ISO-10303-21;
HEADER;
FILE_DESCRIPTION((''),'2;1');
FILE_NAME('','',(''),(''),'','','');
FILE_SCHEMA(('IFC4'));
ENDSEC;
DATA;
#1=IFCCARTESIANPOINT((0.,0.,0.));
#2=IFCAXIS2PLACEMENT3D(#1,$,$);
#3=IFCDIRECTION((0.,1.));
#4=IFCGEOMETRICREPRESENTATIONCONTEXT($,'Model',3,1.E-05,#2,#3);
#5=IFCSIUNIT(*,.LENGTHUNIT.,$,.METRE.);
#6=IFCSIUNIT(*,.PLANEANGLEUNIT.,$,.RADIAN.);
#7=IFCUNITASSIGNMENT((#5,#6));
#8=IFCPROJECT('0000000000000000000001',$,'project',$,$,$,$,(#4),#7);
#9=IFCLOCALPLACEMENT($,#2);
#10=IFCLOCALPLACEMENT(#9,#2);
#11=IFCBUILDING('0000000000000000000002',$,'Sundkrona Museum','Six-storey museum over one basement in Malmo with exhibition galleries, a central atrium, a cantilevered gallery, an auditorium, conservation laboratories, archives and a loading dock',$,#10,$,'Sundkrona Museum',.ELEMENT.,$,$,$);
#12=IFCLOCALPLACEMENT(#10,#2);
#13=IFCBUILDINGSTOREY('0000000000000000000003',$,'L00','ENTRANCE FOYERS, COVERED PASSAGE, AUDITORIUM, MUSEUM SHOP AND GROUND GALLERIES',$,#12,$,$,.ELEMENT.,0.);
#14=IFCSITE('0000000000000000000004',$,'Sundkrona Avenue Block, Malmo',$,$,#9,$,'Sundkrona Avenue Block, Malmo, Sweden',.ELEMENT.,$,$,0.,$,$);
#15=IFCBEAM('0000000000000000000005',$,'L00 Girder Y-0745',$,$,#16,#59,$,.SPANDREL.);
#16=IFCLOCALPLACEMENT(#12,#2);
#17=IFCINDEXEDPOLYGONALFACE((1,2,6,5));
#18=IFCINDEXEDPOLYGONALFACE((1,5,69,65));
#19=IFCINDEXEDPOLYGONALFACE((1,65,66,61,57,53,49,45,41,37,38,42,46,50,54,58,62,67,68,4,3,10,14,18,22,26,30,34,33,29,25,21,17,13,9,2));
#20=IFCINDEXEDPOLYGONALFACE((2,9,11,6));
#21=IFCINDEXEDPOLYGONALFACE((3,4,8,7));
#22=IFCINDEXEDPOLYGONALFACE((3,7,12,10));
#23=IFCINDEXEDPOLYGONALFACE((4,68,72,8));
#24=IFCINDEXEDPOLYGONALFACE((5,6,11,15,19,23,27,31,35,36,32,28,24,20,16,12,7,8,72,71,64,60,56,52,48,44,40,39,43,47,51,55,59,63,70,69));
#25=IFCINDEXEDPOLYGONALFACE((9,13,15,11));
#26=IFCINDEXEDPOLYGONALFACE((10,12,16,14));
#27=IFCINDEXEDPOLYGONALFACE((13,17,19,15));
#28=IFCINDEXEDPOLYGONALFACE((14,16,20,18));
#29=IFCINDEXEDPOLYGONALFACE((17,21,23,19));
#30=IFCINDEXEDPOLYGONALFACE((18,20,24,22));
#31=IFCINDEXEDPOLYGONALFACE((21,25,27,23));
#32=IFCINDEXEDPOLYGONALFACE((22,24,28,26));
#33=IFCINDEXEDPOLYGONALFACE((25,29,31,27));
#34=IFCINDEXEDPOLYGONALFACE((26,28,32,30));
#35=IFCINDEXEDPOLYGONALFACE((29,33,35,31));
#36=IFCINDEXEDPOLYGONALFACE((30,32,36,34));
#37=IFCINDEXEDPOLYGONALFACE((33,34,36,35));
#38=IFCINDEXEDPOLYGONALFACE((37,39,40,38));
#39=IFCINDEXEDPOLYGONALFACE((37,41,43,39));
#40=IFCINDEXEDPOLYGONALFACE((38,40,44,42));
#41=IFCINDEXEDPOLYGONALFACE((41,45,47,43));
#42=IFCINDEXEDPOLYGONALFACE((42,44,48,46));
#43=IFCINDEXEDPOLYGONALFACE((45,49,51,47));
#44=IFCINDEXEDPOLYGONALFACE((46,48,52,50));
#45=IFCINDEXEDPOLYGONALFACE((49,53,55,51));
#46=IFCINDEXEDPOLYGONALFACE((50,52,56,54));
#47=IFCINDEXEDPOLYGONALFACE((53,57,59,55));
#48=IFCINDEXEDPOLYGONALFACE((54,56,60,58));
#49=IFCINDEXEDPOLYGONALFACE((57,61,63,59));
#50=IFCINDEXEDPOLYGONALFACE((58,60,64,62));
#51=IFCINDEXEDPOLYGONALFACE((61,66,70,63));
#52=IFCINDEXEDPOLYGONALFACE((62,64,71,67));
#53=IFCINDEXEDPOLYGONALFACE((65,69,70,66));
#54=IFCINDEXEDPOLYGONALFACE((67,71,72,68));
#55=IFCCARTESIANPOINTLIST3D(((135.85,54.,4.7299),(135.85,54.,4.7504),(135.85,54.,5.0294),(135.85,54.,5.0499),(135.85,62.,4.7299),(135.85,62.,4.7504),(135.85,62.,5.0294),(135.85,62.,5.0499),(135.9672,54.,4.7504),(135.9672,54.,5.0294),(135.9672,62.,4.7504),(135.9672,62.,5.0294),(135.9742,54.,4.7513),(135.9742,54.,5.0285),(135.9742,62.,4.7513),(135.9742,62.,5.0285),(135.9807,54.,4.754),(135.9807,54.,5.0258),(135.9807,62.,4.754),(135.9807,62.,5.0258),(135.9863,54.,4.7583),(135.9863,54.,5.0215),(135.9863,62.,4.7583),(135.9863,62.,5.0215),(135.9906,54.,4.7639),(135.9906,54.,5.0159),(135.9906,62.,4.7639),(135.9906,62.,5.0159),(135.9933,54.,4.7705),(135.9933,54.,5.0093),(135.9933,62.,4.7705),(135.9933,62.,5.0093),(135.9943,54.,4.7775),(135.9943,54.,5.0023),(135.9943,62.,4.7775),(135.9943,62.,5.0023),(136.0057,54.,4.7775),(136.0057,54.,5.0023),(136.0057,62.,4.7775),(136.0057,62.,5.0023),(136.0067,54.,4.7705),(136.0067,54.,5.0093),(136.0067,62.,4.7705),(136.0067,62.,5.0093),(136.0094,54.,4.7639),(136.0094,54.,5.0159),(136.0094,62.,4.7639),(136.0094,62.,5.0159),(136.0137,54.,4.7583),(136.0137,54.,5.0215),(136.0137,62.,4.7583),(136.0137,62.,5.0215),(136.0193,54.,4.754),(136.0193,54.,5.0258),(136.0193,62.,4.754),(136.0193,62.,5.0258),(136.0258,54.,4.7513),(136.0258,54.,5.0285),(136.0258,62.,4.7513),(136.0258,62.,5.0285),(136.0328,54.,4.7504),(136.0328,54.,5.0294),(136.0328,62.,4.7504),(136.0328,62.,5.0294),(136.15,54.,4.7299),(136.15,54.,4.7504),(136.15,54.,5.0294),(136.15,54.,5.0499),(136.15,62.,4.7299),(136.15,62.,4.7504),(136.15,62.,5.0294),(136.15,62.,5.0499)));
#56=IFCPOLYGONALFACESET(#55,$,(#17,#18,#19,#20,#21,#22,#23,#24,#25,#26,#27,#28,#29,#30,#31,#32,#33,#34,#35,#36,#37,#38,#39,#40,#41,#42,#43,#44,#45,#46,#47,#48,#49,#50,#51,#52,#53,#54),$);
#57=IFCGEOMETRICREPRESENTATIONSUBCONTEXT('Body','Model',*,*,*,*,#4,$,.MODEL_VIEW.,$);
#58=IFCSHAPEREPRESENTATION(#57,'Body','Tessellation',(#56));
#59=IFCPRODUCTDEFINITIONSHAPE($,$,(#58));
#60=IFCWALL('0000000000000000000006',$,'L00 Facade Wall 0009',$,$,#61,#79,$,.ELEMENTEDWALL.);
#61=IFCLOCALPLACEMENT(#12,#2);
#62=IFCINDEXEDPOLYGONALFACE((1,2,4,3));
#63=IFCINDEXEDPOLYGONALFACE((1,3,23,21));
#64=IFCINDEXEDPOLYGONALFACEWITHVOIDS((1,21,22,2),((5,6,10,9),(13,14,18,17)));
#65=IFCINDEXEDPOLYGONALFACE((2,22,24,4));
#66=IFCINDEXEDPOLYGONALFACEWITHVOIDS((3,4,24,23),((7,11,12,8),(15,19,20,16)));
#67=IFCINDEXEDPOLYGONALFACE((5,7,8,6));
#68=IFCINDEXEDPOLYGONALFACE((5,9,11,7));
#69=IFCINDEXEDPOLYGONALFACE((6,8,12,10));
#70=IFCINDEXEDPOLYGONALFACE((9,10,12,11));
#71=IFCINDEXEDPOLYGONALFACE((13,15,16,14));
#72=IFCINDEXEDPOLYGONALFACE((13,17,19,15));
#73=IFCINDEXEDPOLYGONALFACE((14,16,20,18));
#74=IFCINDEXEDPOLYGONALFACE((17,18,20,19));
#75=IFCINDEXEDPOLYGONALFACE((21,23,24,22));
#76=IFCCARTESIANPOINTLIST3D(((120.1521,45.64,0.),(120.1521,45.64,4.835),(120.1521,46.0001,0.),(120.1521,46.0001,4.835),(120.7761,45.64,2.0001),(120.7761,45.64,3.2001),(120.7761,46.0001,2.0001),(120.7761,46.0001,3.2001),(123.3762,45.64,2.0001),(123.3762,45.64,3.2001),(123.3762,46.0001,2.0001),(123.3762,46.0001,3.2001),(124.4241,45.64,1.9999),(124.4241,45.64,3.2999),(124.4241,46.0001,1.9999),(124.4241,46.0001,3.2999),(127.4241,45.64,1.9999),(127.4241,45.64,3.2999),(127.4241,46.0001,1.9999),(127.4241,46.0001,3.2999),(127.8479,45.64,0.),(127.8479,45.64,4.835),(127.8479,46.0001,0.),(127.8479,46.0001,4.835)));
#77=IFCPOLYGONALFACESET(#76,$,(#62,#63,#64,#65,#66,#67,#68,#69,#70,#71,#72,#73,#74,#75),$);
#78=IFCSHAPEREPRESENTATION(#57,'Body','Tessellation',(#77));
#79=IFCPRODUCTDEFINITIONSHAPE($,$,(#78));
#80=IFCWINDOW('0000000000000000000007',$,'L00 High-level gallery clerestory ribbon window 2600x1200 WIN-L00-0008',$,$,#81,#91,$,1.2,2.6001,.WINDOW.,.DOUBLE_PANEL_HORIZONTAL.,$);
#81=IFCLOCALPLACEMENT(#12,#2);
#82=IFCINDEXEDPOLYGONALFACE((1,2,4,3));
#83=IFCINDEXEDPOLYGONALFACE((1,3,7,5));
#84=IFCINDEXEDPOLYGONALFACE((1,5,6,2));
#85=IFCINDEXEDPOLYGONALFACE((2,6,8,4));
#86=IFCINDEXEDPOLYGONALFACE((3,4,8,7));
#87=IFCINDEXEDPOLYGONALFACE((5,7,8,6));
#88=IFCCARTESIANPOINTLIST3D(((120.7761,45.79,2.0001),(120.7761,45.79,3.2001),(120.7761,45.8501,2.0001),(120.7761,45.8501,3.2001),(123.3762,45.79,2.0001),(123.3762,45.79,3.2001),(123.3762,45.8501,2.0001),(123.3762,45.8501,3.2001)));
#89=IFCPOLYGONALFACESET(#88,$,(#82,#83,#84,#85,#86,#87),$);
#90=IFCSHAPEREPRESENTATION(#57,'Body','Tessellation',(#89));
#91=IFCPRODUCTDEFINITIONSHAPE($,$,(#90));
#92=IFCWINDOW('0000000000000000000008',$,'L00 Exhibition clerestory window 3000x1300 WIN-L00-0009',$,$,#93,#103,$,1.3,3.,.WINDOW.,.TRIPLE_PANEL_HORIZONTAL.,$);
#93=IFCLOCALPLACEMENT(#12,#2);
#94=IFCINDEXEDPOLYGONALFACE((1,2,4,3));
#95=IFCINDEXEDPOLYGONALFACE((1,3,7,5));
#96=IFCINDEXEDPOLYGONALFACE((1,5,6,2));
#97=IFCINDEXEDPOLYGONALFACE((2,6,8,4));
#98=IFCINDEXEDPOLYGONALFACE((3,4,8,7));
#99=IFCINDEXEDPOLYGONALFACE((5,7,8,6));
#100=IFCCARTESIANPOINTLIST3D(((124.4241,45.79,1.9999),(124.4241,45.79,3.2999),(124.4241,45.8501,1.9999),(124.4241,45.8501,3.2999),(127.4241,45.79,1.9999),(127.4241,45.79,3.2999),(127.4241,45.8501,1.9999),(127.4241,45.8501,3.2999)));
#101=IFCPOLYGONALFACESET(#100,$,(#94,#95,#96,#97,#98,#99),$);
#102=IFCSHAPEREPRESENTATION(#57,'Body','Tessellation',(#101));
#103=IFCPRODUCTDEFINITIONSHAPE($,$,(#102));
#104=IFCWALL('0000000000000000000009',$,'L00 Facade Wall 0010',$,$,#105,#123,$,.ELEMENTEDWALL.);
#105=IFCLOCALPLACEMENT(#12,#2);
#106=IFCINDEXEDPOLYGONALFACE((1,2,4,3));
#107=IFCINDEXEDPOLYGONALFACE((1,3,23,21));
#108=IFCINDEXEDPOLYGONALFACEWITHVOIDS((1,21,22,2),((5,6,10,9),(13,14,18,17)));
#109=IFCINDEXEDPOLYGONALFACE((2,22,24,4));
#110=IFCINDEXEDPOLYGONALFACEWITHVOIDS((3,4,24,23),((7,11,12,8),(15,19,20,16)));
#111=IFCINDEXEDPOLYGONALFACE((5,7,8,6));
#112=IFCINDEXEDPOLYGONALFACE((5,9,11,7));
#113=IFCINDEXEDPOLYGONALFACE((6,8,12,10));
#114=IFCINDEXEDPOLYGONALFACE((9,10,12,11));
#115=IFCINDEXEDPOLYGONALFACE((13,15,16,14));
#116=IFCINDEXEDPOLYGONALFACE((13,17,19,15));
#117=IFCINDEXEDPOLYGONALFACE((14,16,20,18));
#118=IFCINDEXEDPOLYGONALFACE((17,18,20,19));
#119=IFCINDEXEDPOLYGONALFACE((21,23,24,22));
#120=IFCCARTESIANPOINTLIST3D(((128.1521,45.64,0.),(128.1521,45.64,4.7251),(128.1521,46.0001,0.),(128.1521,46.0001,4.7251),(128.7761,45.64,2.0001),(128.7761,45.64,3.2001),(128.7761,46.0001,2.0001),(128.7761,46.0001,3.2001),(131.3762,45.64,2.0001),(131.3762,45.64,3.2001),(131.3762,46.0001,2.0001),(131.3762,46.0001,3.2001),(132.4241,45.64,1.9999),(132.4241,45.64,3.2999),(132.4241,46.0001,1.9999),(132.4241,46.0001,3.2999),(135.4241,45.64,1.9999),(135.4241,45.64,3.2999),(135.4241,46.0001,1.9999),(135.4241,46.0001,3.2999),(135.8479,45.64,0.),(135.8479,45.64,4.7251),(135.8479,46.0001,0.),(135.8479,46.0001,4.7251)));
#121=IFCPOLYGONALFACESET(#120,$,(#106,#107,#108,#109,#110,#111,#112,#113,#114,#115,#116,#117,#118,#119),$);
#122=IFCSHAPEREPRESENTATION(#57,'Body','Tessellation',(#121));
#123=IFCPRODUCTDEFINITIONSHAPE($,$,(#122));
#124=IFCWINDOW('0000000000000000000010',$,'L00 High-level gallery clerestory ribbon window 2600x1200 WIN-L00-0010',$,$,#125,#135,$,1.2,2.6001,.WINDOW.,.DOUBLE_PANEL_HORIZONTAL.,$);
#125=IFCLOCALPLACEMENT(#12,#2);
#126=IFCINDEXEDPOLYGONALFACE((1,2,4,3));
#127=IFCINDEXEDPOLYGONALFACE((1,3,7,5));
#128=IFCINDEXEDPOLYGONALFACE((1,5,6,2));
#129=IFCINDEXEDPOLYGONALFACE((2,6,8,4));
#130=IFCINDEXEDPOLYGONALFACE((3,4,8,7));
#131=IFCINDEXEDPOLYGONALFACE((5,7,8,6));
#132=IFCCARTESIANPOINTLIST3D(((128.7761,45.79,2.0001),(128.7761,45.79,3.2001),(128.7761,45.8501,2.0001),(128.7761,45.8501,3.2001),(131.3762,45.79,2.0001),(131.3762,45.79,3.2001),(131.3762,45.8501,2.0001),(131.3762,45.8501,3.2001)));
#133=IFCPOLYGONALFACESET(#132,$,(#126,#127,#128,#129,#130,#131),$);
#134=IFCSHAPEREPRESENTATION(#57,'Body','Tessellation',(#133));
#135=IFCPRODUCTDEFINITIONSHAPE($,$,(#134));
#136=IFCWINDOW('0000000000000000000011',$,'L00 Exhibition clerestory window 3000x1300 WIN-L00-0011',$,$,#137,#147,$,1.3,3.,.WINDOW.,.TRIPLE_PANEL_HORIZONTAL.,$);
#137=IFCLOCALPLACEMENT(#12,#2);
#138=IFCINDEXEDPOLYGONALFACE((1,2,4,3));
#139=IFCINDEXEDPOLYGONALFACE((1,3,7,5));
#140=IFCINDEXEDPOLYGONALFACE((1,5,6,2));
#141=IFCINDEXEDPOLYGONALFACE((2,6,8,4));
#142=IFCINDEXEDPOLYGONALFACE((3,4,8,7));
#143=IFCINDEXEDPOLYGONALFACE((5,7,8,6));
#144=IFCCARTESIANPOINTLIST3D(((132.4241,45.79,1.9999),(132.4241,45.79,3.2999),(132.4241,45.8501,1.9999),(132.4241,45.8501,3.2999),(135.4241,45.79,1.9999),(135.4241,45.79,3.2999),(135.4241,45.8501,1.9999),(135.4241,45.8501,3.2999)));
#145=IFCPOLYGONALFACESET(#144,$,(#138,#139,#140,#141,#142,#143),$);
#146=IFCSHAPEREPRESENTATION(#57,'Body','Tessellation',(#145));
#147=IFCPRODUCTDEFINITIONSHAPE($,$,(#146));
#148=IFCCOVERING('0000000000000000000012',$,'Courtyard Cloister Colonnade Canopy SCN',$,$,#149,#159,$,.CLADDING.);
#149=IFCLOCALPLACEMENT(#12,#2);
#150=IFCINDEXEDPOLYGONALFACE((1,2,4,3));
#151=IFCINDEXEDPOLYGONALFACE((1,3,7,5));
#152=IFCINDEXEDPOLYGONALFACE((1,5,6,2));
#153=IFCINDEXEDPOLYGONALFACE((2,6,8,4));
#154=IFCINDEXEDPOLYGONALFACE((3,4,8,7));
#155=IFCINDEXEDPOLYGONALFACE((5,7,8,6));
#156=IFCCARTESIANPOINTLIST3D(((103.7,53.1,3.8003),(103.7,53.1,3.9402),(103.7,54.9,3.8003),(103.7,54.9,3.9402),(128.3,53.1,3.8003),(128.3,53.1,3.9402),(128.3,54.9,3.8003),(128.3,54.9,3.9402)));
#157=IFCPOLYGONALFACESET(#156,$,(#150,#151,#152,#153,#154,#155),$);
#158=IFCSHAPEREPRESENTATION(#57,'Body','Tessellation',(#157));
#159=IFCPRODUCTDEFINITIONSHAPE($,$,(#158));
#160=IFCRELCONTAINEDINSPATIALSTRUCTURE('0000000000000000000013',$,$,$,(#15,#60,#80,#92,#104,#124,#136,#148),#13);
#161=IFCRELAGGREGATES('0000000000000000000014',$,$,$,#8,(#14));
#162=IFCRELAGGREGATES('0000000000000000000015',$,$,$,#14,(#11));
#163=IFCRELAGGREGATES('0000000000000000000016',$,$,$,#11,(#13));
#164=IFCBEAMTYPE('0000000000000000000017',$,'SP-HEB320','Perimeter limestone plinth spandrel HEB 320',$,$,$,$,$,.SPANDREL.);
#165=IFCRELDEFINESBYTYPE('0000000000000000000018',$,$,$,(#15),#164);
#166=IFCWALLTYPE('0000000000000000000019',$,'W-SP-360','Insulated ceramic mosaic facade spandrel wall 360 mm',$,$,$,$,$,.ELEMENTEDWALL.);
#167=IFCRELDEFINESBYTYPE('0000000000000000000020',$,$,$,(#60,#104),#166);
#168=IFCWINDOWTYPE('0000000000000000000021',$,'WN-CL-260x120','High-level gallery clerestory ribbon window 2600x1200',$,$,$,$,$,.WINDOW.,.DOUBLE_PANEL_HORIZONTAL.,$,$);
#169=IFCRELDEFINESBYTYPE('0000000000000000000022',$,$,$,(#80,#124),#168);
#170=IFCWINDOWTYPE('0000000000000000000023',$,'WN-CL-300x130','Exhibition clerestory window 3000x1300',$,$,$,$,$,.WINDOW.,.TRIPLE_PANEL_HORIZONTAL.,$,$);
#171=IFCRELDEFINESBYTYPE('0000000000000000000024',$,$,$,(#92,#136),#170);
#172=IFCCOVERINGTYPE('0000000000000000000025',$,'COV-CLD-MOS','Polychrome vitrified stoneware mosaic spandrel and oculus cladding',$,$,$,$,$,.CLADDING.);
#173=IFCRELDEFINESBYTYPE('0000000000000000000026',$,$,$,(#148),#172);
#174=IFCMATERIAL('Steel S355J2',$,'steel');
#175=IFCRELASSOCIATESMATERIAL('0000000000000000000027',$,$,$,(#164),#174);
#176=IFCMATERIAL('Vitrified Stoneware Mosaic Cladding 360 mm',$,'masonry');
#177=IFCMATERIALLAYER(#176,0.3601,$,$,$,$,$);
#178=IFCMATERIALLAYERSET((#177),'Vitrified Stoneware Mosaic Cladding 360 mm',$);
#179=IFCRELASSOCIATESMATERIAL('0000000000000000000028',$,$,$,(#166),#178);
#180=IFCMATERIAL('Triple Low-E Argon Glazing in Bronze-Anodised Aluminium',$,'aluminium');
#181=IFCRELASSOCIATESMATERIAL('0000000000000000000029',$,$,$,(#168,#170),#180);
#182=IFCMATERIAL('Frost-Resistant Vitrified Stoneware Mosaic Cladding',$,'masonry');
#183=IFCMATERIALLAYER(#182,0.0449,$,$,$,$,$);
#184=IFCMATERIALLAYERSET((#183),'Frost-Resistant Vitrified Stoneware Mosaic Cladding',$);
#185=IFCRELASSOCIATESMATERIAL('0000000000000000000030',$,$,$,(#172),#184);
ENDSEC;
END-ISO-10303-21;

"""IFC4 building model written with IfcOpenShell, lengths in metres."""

from ifc_helpers import new_model, si_unit, direction, frame, frame_2d, origin, origin_2d, place, context, subcontext, project, spatial, rectangle, i_section, extrude, material, layer, layer_set, material_profile, profile_set, type_object, element, fill, save


model = new_model("IFC4")

# Units and contexts
model_context = context("Model", 3, precision=1e-05, world=origin(), true_north=direction((0.0, 1.0)))
body_context = subcontext(model_context, "Body", "Model", "MODEL_VIEW")
ifc_project = project(units=[si_unit("LENGTHUNIT", "METRE"), si_unit("PLANEANGLEUNIT", "RADIAN")], contexts=[model_context])

# Site, building, storey
site_placement = place(None, origin())
site = spatial("IfcSite", under=ifc_project, at=site_placement, Name="Sundkrona Avenue Block, Malmo", LongName="Sundkrona Avenue Block, Malmo, Sweden", CompositionType="ELEMENT", RefElevation=0.0)
building_placement = place(site_placement, origin())
building = spatial("IfcBuilding", under=site, at=building_placement, Name="Sundkrona Museum", Description="Six-storey museum over one basement in Malmo with exhibition galleries, a central atrium, a cantilevered gallery, an auditorium, conservation laboratories, archives and a loading dock", LongName="Sundkrona Museum", CompositionType="ELEMENT")
storey_placement = place(building_placement, origin())
storey = spatial("IfcBuildingStorey", under=building, at=storey_placement, Name="L00", Description="ENTRANCE FOYERS, COVERED PASSAGE, AUDITORIUM, MUSEUM SHOP AND GROUND GALLERIES", CompositionType="ELEMENT", Elevation=0.0)

# Shared definitions
ifc_material_1 = material(Name="Steel S355J2", Category="steel")

# Beam
ifc_material_profile_1 = material_profile(ifc_material_1, i_section(OverallWidth=0.3, OverallDepth=0.3201, WebThickness=0.0115, FlangeThickness=0.0205, FilletRadius=0.0271, at=origin_2d()), Name="HEB 320")
ifc_profile_set_1 = profile_set([ifc_material_profile_1], Name="Steel S355J2")
beam_type_1 = type_object("IfcBeamType", Name="SP-HEB320", Description="Perimeter limestone plinth spandrel HEB 320", PredefinedType="SPANDREL", material=ifc_profile_set_1)
for number, where, z_axis, x_axis, name in (
    (1, (136.0, 54.0, 4.8899), (0.0, 1.0, 0.0), (-1.0, 0.0, 0.0), "L00 Girder Y-0745"),
):
    element("IfcBeam", number, at=place(storey_placement, frame(where, z_axis=z_axis, x_axis=x_axis)), inside=storey, type_object=beam_type_1, Name=name, PredefinedType="SPANDREL", context=body_context, shape_type="SweptSolid", body=[
        extrude(i_section(OverallWidth=0.3, OverallDepth=0.3201, WebThickness=0.0115, FlangeThickness=0.0205, FilletRadius=0.0271, at=origin_2d()), origin(), (0.0, 0.0, 1.0), 8.0),
    ])

# Walls, openings, windows
ifc_material_2 = material(Name="Vitrified Stoneware Mosaic Cladding 360 mm", Category="masonry")
ifc_layer_1 = layer(ifc_material_2, 0.3601)
ifc_layer_set_1 = layer_set([ifc_layer_1], Name="Vitrified Stoneware Mosaic Cladding 360 mm")
wall_type = type_object("IfcWallType", Name="W-SP-360", Description="Insulated ceramic mosaic facade spandrel wall 360 mm", PredefinedType="ELEMENTEDWALL", material=ifc_layer_set_1)
wall_1_placement = place(storey_placement, frame((120.1521, 45.8201, 0.0), z_axis=(0.0, 0.0, 1.0), x_axis=(1.0, 0.0, 0.0)))
wall_1 = element("IfcWall", 2, at=wall_1_placement, inside=storey, type_object=wall_type, Name="L00 Facade Wall 0009", PredefinedType="ELEMENTEDWALL", context=body_context, shape_type="SweptSolid", body=[
    extrude(rectangle(XDim=7.6958, YDim=0.3601, at=frame_2d((3.8479, 0.0))), origin(), (0.0, 0.0, 1.0), 4.835),
])
opening_1_placement = place(wall_1_placement, frame((0.624, 0.0, 2.0)))
opening_1 = element("IfcOpeningElement", 3, at=opening_1_placement, cuts=wall_1, PredefinedType="OPENING", context=body_context, shape_type="SweptSolid", body=[
    extrude(rectangle(XDim=2.6001, YDim=1.2, at=frame_2d((1.3, 0.6001))), frame((0.0, 0.1899, 0.0), z_axis=(0.0, -1.0, 0.0), x_axis=(1.0, 0.0, 0.0)), (0.0, 0.0, 1.0), 0.3801),
])
opening_2_placement = place(wall_1_placement, frame((4.272, 0.0, 2.0)))
opening_2 = element("IfcOpeningElement", 4, at=opening_2_placement, cuts=wall_1, PredefinedType="OPENING", context=body_context, shape_type="SweptSolid", body=[
    extrude(rectangle(XDim=3.0, YDim=1.3, at=frame_2d((1.5, 0.6499))), frame((0.0, 0.1899, 0.0), z_axis=(0.0, -1.0, 0.0), x_axis=(1.0, 0.0, 0.0)), (0.0, 0.0, 1.0), 0.3801),
])
ifc_material_3 = material(Name="Triple Low-E Argon Glazing in Bronze-Anodised Aluminium", Category="aluminium")
window_type_1 = type_object("IfcWindowType", Name="WN-CL-260x120", Description="High-level gallery clerestory ribbon window 2600x1200", PartitioningType="DOUBLE_PANEL_HORIZONTAL", PredefinedType="WINDOW", material=ifc_material_3)
window_1_placement = place(opening_1_placement, origin())
window_1 = element("IfcWindow", 5, at=window_1_placement, inside=storey, type_object=window_type_1, Name="L00 High-level gallery clerestory ribbon window 2600x1200 WIN-L00-0008", OverallHeight=1.2, OverallWidth=2.6001, PartitioningType="DOUBLE_PANEL_HORIZONTAL", PredefinedType="WINDOW", context=body_context, shape_type="SweptSolid", body=[
    extrude(rectangle(XDim=2.6001, YDim=1.2, at=frame_2d((1.3, 0.6001))), frame((0.0, 0.03, 0.0), z_axis=(0.0, -1.0, 0.0), x_axis=(1.0, 0.0, 0.0)), (0.0, 0.0, 1.0), 0.0601),
])
fill(opening_1, window_1)
window_type_2 = type_object("IfcWindowType", Name="WN-CL-300x130", Description="Exhibition clerestory window 3000x1300", PartitioningType="TRIPLE_PANEL_HORIZONTAL", PredefinedType="WINDOW", material=ifc_material_3)
window_2_placement = place(opening_2_placement, origin())
window_2 = element("IfcWindow", 6, at=window_2_placement, inside=storey, type_object=window_type_2, Name="L00 Exhibition clerestory window 3000x1300 WIN-L00-0009", OverallHeight=1.3, OverallWidth=3.0, PartitioningType="TRIPLE_PANEL_HORIZONTAL", PredefinedType="WINDOW", context=body_context, shape_type="SweptSolid", body=[
    extrude(rectangle(XDim=3.0, YDim=1.3, at=frame_2d((1.5, 0.6499))), frame((0.0, 0.03, 0.0), z_axis=(0.0, -1.0, 0.0), x_axis=(1.0, 0.0, 0.0)), (0.0, 0.0, 1.0), 0.0601),
])
fill(opening_2, window_2)
wall_2_placement = place(storey_placement, frame((128.1521, 45.8201, 0.0), z_axis=(0.0, 0.0, 1.0), x_axis=(1.0, 0.0, 0.0)))
wall_2 = element("IfcWall", 7, at=wall_2_placement, inside=storey, type_object=wall_type, Name="L00 Facade Wall 0010", PredefinedType="ELEMENTEDWALL", context=body_context, shape_type="SweptSolid", body=[
    extrude(rectangle(XDim=7.6958, YDim=0.3601, at=frame_2d((3.8479, 0.0))), origin(), (0.0, 0.0, 1.0), 4.7251),
])
opening_3_placement = place(wall_2_placement, frame((0.624, 0.0, 2.0)))
opening_3 = element("IfcOpeningElement", 8, at=opening_3_placement, cuts=wall_2, PredefinedType="OPENING", context=body_context, shape_type="SweptSolid", body=[
    extrude(rectangle(XDim=2.6001, YDim=1.2, at=frame_2d((1.3, 0.6001))), frame((0.0, 0.1899, 0.0), z_axis=(0.0, -1.0, 0.0), x_axis=(1.0, 0.0, 0.0)), (0.0, 0.0, 1.0), 0.3801),
])
opening_4_placement = place(wall_2_placement, frame((4.272, 0.0, 2.0)))
opening_4 = element("IfcOpeningElement", 9, at=opening_4_placement, cuts=wall_2, PredefinedType="OPENING", context=body_context, shape_type="SweptSolid", body=[
    extrude(rectangle(XDim=3.0, YDim=1.3, at=frame_2d((1.5, 0.6499))), frame((0.0, 0.1899, 0.0), z_axis=(0.0, -1.0, 0.0), x_axis=(1.0, 0.0, 0.0)), (0.0, 0.0, 1.0), 0.3801),
])
window_3_placement = place(opening_3_placement, origin())
window_3 = element("IfcWindow", 10, at=window_3_placement, inside=storey, type_object=window_type_1, Name="L00 High-level gallery clerestory ribbon window 2600x1200 WIN-L00-0010", OverallHeight=1.2, OverallWidth=2.6001, PartitioningType="DOUBLE_PANEL_HORIZONTAL", PredefinedType="WINDOW", context=body_context, shape_type="SweptSolid", body=[
    extrude(rectangle(XDim=2.6001, YDim=1.2, at=frame_2d((1.3, 0.6001))), frame((0.0, 0.03, 0.0), z_axis=(0.0, -1.0, 0.0), x_axis=(1.0, 0.0, 0.0)), (0.0, 0.0, 1.0), 0.0601),
])
fill(opening_3, window_3)
window_4_placement = place(opening_4_placement, origin())
window_4 = element("IfcWindow", 11, at=window_4_placement, inside=storey, type_object=window_type_2, Name="L00 Exhibition clerestory window 3000x1300 WIN-L00-0011", OverallHeight=1.3, OverallWidth=3.0, PartitioningType="TRIPLE_PANEL_HORIZONTAL", PredefinedType="WINDOW", context=body_context, shape_type="SweptSolid", body=[
    extrude(rectangle(XDim=3.0, YDim=1.3, at=frame_2d((1.5, 0.6499))), frame((0.0, 0.03, 0.0), z_axis=(0.0, -1.0, 0.0), x_axis=(1.0, 0.0, 0.0)), (0.0, 0.0, 1.0), 0.0601),
])
fill(opening_4, window_4)

# Covering
ifc_material_4 = material(Name="Frost-Resistant Vitrified Stoneware Mosaic Cladding", Category="masonry")
ifc_layer_2 = layer(ifc_material_4, 0.0449)
ifc_layer_set_2 = layer_set([ifc_layer_2], Name="Frost-Resistant Vitrified Stoneware Mosaic Cladding")
covering_type = type_object("IfcCoveringType", Name="COV-CLD-MOS", Description="Polychrome vitrified stoneware mosaic spandrel and oculus cladding", PredefinedType="CLADDING", material=ifc_layer_set_2)
covering_placement = place(storey_placement, frame((116.0, 54.0, 3.8003), z_axis=(0.0, 0.0, 1.0), x_axis=(1.0, 0.0, 0.0)))
element("IfcCovering", 12, at=covering_placement, inside=storey, type_object=covering_type, Name="Courtyard Cloister Colonnade Canopy SCN", PredefinedType="CLADDING", context=body_context, shape_type="SweptSolid", body=[
    extrude(rectangle(XDim=24.6001, YDim=1.8, at=origin_2d()), origin(), (0.0, 0.0, 1.0), 0.1399),
])

save(model, "model.ifc")
